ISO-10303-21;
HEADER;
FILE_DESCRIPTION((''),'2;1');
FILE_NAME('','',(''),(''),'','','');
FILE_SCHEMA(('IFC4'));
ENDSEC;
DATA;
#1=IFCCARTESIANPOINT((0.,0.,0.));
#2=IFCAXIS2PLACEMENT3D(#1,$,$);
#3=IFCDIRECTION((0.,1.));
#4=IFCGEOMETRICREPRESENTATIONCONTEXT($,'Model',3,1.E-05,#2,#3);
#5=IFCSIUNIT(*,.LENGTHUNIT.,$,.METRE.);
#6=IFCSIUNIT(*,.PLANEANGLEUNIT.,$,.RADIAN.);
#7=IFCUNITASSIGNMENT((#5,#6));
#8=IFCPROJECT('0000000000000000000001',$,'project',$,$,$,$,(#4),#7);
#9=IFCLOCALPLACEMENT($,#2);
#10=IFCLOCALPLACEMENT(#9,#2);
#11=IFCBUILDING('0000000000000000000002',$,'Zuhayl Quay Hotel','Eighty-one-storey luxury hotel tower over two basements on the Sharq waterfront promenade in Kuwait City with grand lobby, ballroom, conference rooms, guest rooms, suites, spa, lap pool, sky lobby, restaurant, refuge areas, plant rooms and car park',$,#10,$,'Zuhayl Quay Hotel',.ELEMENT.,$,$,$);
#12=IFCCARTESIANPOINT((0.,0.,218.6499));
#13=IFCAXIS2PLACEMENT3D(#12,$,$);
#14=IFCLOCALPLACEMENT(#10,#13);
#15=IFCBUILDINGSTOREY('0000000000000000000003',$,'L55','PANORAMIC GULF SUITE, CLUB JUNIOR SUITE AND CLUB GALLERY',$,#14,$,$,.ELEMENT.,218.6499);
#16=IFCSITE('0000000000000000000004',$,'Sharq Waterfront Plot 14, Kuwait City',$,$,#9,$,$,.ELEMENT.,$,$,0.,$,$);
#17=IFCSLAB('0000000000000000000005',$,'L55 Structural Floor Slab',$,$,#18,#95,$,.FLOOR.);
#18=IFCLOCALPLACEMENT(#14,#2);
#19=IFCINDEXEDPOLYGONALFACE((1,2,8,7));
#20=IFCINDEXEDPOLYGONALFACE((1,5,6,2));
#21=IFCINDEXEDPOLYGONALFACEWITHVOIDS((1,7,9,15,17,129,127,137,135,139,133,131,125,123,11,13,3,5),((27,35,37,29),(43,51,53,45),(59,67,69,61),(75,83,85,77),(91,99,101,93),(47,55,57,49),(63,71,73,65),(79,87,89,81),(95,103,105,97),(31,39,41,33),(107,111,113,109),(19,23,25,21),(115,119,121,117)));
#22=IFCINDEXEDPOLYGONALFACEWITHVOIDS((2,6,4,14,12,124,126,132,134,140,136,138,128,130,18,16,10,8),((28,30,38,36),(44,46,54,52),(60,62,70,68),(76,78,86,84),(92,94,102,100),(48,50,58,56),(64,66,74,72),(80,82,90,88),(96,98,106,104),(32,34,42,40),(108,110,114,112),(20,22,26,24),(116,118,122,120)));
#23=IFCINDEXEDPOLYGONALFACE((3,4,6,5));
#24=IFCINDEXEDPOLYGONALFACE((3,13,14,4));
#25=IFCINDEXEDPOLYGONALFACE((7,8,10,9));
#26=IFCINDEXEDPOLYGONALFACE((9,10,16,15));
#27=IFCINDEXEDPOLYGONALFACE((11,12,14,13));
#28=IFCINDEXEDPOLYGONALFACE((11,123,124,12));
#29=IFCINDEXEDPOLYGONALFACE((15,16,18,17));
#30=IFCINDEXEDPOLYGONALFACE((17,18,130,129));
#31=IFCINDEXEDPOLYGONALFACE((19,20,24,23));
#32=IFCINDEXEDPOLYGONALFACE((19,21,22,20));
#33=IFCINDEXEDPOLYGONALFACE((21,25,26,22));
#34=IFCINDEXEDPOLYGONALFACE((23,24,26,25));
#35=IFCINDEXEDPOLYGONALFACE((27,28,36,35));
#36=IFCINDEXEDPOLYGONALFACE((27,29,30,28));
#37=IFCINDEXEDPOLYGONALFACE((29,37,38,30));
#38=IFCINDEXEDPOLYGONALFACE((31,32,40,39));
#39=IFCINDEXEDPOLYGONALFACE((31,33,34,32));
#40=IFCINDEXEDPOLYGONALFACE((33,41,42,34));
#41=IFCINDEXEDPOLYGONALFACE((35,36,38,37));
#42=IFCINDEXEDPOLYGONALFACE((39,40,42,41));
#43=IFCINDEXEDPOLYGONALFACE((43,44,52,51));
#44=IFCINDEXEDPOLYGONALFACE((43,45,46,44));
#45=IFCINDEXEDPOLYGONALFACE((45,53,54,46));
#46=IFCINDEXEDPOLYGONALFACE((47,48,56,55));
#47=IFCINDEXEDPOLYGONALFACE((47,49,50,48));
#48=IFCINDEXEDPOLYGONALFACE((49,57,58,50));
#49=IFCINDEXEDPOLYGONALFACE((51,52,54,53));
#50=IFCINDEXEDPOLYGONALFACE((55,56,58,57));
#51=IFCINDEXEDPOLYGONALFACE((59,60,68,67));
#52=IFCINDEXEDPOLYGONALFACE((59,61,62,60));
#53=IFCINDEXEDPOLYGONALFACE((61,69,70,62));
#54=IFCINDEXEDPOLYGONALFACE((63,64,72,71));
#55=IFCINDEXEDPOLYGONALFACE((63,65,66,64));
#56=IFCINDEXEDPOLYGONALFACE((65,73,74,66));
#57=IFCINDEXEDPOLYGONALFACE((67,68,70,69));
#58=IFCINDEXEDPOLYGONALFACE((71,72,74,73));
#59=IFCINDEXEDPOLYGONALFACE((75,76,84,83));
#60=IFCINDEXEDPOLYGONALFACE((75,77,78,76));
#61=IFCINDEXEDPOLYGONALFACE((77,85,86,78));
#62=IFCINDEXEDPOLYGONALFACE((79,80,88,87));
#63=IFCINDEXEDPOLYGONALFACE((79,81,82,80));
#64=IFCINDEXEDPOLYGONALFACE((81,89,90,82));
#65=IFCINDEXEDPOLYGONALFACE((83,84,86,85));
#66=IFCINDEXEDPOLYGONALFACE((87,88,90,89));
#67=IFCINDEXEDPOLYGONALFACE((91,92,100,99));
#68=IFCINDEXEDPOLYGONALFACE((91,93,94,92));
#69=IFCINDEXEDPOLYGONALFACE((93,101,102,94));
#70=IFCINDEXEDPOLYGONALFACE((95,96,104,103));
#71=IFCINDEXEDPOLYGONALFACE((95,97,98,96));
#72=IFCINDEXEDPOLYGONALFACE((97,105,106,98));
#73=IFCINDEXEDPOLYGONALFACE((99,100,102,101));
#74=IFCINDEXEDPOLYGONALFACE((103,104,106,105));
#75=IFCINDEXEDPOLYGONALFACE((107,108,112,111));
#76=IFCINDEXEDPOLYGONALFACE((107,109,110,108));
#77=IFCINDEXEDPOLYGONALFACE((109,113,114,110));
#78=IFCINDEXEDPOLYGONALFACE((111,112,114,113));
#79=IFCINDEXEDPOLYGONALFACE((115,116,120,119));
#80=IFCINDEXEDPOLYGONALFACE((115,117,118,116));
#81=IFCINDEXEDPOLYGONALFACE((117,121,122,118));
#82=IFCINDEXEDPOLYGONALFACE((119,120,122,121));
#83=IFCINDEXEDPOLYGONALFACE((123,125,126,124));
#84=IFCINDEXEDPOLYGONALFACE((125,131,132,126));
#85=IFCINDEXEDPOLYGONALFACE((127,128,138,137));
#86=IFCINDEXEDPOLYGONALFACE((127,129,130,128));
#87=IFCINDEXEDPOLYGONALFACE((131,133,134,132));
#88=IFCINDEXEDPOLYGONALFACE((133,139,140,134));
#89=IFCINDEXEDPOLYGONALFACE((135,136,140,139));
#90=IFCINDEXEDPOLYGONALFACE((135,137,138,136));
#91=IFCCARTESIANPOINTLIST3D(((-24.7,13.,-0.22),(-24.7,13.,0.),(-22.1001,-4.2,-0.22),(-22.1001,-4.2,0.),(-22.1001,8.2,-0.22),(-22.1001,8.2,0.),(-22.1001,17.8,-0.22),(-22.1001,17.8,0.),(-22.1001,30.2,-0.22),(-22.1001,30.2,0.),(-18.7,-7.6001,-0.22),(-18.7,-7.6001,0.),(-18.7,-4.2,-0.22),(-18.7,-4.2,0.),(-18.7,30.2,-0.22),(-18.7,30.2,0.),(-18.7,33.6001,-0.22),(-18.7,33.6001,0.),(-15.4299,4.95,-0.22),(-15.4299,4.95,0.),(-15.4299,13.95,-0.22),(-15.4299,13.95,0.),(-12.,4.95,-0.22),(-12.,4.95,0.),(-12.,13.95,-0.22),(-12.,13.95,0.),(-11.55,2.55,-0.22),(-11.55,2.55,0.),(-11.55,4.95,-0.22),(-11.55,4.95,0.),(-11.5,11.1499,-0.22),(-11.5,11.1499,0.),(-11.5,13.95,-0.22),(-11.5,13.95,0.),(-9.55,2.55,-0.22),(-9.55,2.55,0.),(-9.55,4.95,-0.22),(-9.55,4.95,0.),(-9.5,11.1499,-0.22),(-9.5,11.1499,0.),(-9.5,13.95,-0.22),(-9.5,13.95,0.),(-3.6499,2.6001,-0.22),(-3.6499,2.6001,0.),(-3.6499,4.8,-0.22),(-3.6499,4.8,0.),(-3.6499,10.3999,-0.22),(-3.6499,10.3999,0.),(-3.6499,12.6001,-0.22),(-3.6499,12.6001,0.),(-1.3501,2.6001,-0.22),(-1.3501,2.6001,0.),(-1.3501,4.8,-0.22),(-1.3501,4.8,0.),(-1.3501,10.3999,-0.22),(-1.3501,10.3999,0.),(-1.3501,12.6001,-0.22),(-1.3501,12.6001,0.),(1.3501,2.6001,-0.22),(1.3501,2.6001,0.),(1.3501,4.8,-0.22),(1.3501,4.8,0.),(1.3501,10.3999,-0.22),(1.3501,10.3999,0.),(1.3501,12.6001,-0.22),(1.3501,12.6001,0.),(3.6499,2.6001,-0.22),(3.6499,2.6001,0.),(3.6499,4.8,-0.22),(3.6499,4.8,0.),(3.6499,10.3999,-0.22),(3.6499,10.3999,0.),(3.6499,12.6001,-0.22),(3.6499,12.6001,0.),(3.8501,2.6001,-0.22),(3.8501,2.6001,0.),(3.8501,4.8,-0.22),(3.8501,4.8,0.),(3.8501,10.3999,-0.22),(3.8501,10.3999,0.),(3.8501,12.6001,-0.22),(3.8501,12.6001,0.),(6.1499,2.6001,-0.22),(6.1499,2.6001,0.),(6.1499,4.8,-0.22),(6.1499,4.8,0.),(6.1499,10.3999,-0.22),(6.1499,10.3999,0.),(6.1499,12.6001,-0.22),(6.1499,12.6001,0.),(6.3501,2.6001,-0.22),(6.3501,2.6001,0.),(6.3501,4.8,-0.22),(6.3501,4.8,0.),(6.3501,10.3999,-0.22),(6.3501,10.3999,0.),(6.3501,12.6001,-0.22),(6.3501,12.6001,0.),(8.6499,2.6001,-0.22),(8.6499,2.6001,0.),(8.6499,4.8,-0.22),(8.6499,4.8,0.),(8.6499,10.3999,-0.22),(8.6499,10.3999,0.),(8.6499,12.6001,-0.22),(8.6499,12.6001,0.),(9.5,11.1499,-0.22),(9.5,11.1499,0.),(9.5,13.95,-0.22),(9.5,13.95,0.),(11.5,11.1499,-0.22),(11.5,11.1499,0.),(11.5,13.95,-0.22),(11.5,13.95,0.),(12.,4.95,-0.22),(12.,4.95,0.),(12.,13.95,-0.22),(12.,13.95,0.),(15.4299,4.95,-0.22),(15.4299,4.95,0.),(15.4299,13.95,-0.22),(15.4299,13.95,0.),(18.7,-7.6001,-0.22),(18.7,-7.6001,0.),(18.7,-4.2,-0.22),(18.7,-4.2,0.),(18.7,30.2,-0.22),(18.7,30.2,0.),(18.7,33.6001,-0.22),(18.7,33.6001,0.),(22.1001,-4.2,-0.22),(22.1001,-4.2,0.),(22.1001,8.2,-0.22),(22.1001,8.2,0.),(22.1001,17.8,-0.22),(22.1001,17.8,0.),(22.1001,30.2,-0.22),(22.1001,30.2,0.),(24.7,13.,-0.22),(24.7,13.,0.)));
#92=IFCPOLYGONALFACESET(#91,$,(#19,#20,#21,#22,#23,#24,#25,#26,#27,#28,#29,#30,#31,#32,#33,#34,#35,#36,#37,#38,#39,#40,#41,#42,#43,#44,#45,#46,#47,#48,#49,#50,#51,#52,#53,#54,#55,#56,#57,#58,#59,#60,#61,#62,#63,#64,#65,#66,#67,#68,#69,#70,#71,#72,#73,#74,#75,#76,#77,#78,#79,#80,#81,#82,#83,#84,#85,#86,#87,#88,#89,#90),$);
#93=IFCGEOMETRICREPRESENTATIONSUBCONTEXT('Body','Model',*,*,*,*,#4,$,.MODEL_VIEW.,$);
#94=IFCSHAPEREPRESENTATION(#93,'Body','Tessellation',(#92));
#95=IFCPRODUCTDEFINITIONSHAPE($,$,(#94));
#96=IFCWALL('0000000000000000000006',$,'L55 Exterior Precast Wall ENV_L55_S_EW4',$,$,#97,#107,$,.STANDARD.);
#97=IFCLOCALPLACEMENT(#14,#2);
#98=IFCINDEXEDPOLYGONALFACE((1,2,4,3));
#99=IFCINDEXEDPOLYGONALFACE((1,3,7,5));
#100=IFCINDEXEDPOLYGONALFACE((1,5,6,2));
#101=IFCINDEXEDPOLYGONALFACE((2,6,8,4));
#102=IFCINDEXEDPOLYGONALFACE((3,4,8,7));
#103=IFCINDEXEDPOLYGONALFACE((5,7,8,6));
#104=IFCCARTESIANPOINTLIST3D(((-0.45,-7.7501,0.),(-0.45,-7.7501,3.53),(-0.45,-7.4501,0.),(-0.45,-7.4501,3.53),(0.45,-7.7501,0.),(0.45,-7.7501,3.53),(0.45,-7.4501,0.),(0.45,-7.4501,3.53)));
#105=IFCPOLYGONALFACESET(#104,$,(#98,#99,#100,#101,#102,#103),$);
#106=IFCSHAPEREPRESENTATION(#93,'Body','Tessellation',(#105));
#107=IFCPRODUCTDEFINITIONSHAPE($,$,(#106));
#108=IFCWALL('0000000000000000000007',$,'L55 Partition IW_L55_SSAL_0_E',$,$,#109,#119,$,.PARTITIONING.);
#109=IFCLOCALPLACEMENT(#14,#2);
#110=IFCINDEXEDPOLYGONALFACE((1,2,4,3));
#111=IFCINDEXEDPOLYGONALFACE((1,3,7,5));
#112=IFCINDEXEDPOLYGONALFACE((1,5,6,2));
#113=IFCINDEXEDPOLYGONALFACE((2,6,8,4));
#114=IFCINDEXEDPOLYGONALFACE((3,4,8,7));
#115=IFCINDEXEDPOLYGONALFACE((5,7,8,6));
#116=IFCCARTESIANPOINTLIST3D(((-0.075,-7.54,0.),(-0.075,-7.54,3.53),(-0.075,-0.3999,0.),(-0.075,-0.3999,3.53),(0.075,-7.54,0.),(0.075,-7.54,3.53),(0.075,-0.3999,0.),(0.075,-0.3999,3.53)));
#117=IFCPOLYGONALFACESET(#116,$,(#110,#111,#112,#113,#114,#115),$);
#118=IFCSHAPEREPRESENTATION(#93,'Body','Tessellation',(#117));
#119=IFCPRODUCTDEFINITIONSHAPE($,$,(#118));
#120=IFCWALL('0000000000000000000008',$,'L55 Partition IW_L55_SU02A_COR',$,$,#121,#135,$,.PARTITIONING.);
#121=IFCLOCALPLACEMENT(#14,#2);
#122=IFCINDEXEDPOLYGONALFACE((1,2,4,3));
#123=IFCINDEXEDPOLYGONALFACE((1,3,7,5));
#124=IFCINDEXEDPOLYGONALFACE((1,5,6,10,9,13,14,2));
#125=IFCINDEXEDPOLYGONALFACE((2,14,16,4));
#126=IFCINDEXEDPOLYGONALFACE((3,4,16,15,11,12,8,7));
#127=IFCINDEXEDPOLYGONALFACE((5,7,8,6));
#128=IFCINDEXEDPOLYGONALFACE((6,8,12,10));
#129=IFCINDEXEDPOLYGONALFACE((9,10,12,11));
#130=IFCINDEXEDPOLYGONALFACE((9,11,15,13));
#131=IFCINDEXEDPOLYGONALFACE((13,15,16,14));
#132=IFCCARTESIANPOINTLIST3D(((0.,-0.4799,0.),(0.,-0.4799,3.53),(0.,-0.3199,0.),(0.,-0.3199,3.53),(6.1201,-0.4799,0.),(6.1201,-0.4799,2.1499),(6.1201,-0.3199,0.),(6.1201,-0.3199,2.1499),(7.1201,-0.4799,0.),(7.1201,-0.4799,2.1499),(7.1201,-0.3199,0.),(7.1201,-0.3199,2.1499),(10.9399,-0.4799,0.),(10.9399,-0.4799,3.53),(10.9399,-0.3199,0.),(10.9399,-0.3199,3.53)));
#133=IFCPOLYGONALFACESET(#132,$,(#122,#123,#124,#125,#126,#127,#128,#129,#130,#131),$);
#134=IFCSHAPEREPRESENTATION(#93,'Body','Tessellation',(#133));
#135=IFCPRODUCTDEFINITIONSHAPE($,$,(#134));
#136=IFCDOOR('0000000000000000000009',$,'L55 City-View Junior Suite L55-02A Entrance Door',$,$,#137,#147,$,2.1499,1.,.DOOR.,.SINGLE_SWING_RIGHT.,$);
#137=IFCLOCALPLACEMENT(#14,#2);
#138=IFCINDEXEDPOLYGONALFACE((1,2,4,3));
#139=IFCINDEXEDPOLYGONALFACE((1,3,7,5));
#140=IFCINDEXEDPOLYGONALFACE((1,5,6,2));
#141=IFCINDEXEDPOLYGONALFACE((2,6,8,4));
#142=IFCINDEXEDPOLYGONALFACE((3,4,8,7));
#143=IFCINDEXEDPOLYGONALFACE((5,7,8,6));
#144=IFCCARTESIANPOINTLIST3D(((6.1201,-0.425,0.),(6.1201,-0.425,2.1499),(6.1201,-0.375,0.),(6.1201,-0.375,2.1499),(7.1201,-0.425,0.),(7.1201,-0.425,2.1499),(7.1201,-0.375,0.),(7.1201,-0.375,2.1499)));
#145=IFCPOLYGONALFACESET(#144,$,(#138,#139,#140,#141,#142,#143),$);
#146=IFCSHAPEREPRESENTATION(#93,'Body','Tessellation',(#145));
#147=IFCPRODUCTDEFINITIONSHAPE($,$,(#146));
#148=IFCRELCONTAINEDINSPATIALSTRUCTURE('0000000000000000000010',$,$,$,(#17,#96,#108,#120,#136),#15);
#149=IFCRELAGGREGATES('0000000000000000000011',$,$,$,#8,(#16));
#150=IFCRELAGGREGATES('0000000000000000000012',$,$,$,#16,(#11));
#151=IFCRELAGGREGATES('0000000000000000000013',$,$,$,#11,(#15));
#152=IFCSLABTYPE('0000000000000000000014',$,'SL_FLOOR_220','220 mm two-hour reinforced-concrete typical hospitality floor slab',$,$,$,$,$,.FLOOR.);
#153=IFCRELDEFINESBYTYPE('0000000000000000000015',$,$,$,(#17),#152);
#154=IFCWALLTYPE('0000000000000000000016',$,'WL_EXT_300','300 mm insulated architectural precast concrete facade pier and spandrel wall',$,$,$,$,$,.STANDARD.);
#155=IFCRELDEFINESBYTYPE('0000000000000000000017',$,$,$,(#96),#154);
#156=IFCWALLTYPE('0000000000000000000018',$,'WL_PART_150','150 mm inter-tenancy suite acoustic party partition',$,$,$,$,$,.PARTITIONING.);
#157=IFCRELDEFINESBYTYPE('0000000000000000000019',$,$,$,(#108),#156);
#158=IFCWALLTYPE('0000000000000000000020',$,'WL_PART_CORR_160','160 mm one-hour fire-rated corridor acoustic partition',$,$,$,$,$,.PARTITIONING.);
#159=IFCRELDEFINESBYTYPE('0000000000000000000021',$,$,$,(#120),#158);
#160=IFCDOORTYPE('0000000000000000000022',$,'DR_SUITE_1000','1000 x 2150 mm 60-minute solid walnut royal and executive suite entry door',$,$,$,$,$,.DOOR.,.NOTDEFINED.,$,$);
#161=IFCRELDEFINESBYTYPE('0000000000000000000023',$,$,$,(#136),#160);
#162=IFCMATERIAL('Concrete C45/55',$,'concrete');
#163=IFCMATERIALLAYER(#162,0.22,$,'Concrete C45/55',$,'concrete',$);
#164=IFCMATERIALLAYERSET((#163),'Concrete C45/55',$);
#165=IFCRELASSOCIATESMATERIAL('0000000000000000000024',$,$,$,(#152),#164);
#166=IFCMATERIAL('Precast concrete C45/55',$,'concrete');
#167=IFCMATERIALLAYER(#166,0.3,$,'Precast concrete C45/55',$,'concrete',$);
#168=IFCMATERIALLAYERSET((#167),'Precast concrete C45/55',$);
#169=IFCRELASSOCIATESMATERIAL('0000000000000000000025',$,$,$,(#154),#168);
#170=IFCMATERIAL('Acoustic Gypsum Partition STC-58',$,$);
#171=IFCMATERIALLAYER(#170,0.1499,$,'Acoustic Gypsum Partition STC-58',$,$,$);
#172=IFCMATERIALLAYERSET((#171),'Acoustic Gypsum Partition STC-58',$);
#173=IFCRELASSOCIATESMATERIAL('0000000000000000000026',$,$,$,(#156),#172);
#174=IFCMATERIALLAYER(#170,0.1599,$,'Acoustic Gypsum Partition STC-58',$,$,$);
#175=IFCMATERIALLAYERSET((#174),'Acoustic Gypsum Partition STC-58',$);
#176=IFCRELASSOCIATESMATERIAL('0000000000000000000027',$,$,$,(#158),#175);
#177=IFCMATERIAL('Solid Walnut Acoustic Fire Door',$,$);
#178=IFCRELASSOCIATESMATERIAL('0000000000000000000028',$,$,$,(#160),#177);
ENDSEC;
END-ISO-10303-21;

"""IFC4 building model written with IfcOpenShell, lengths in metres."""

from ifc_helpers import new_model, si_unit, direction, frame, frame_2d, origin, place, context, subcontext, project, spatial, polyline, rectangle, outline, extrude, material, layer, layer_set, type_object, element, fill, save


model = new_model("IFC4")

# Units and contexts
model_context = context("Model", 3, precision=1e-05, world=origin(), true_north=direction((0.0, 1.0)))
body_context = subcontext(model_context, "Body", "Model", "MODEL_VIEW")
ifc_project = project(units=[si_unit("LENGTHUNIT", "METRE"), si_unit("PLANEANGLEUNIT", "RADIAN")], contexts=[model_context])

# Site, building, storey
site_placement = place(None, origin())
site = spatial("IfcSite", under=ifc_project, at=site_placement, Name="Sharq Waterfront Plot 14, Kuwait City", CompositionType="ELEMENT", RefElevation=0.0)
building_placement = place(site_placement, origin())
building = spatial("IfcBuilding", under=site, at=building_placement, Name="Zuhayl Quay Hotel", Description="Eighty-one-storey luxury hotel tower over two basements on the Sharq waterfront promenade in Kuwait City with grand lobby, ballroom, conference rooms, guest rooms, suites, spa, lap pool, sky lobby, restaurant, refuge areas, plant rooms and car park", LongName="Zuhayl Quay Hotel", CompositionType="ELEMENT")
storey_placement = place(building_placement, frame((0.0, 0.0, 218.6499)))
storey = spatial("IfcBuildingStorey", under=building, at=storey_placement, Name="L55", Description="PANORAMIC GULF SUITE, CLUB JUNIOR SUITE AND CLUB GALLERY", CompositionType="ELEMENT", Elevation=218.6499)

# Slab
ifc_material_1 = material(Name="Concrete C45/55", Category="concrete")
ifc_layer_1 = layer(ifc_material_1, 0.22, Name="Concrete C45/55", Category="concrete")
ifc_layer_set_1 = layer_set([ifc_layer_1], Name="Concrete C45/55")
slab_type_1 = type_object("IfcSlabType", Name="SL_FLOOR_220", Description="220 mm two-hour reinforced-concrete typical hospitality floor slab", PredefinedType="FLOOR", material=ifc_layer_set_1)
slab_1_placement = place(storey_placement, frame((0.0, 0.0, -0.22)))
element("IfcSlab", 1, at=slab_1_placement, inside=storey, type_object=slab_type_1, Name="L55 Structural Floor Slab", PredefinedType="FLOOR", context=body_context, shape_type="SweptSolid", body=[
    extrude(outline(polyline([(-18.7, -7.6001), (18.7, -7.6001), (18.7, -4.2), (22.1001, -4.2), (22.1001, 8.2), (24.7, 13.0), (22.1001, 17.8), (22.1001, 30.2), (18.7, 30.2), (18.7, 33.6001), (-18.7, 33.6001), (-18.7, 30.2), (-22.1001, 30.2), (-22.1001, 17.8), (-24.7, 13.0), (-22.1001, 8.2), (-22.1001, -4.2), (-18.7, -4.2), (-18.7, -7.6001)]), holes=[polyline([(-12.0, 4.95), (-12.0, 13.95), (-15.4299, 13.95), (-15.4299, 4.95), (-12.0, 4.95)]), polyline([(15.4299, 4.95), (15.4299, 13.95), (12.0, 13.95), (12.0, 4.95), (15.4299, 4.95)]), polyline([(-11.5, 11.1499), (-9.5, 11.1499), (-9.5, 13.95), (-11.5, 13.95), (-11.5, 11.1499)]), polyline([(9.5, 11.1499), (11.5, 11.1499), (11.5, 13.95), (9.5, 13.95), (9.5, 11.1499)]), polyline([(-3.6499, 2.6001), (-1.3501, 2.6001), (-1.3501, 4.8), (-3.6499, 4.8), (-3.6499, 2.6001)]), polyline([(1.3501, 2.6001), (3.6499, 2.6001), (3.6499, 4.8), (1.3501, 4.8), (1.3501, 2.6001)]), polyline([(-3.6499, 10.3999), (-1.3501, 10.3999), (-1.3501, 12.6001), (-3.6499, 12.6001), (-3.6499, 10.3999)]), polyline([(1.3501, 10.3999), (3.6499, 10.3999), (3.6499, 12.6001), (1.3501, 12.6001), (1.3501, 10.3999)]), polyline([(3.8501, 2.6001), (6.1499, 2.6001), (6.1499, 4.8), (3.8501, 4.8), (3.8501, 2.6001)]), polyline([(6.3501, 2.6001), (8.6499, 2.6001), (8.6499, 4.8), (6.3501, 4.8), (6.3501, 2.6001)]), polyline([(3.8501, 10.3999), (6.1499, 10.3999), (6.1499, 12.6001), (3.8501, 12.6001), (3.8501, 10.3999)]), polyline([(6.3501, 10.3999), (8.6499, 10.3999), (8.6499, 12.6001), (6.3501, 12.6001), (6.3501, 10.3999)]), polyline([(-11.55, 2.55), (-9.55, 2.55), (-9.55, 4.95), (-11.55, 4.95), (-11.55, 2.55)])]), origin(), (0.0, 0.0, 1.0), 0.22),
])

# Walls
ifc_material_2 = material(Name="Precast concrete C45/55", Category="concrete")
ifc_layer_2 = layer(ifc_material_2, 0.3, Name="Precast concrete C45/55", Category="concrete")
ifc_layer_set_2 = layer_set([ifc_layer_2], Name="Precast concrete C45/55")
wall_type_1 = type_object("IfcWallType", Name="WL_EXT_300", Description="300 mm insulated architectural precast concrete facade pier and spandrel wall", PredefinedType="STANDARD", material=ifc_layer_set_2)
wall_1_placement = place(storey_placement, frame((0.45, -7.6001, 0.0), z_axis=(0.0, 0.0, 1.0), x_axis=(-1.0, 0.0, 0.0)))
element("IfcWall", 2, at=wall_1_placement, inside=storey, type_object=wall_type_1, Name="L55 Exterior Precast Wall ENV_L55_S_EW4", PredefinedType="STANDARD", context=body_context, shape_type="SweptSolid", body=[
    extrude(rectangle(XDim=0.8999, YDim=0.3, at=frame_2d((0.45, 0.0))), origin(), (0.0, 0.0, 1.0), 3.53),
])
ifc_material_3 = material(Name="Acoustic Gypsum Partition STC-58")
ifc_layer_3 = layer(ifc_material_3, 0.1499, Name="Acoustic Gypsum Partition STC-58")
ifc_layer_set_3 = layer_set([ifc_layer_3], Name="Acoustic Gypsum Partition STC-58")
wall_type_2 = type_object("IfcWallType", Name="WL_PART_150", Description="150 mm inter-tenancy suite acoustic party partition", PredefinedType="PARTITIONING", material=ifc_layer_set_3)
wall_2_placement = place(storey_placement, frame((0.0, -7.54, 0.0), z_axis=(0.0, 0.0, 1.0), x_axis=(0.0, 1.0, 0.0)))
element("IfcWall", 3, at=wall_2_placement, inside=storey, type_object=wall_type_2, Name="L55 Partition IW_L55_SSAL_0_E", PredefinedType="PARTITIONING", context=body_context, shape_type="SweptSolid", body=[
    extrude(rectangle(XDim=7.1401, YDim=0.1499, at=frame_2d((3.5701, 0.0))), origin(), (0.0, 0.0, 1.0), 3.53),
])

# Wall, opening, door
ifc_layer_4 = layer(ifc_material_3, 0.1599, Name="Acoustic Gypsum Partition STC-58")
ifc_layer_set_4 = layer_set([ifc_layer_4], Name="Acoustic Gypsum Partition STC-58")
wall_type_3 = type_object("IfcWallType", Name="WL_PART_CORR_160", Description="160 mm one-hour fire-rated corridor acoustic partition", PredefinedType="PARTITIONING", material=ifc_layer_set_4)
wall_3_placement = place(storey_placement, frame((0.0, -0.3999, 0.0), z_axis=(0.0, 0.0, 1.0), x_axis=(1.0, 0.0, 0.0)))
wall_3 = element("IfcWall", 4, at=wall_3_placement, inside=storey, type_object=wall_type_3, Name="L55 Partition IW_L55_SU02A_COR", PredefinedType="PARTITIONING", context=body_context, shape_type="SweptSolid", body=[
    extrude(rectangle(XDim=10.9399, YDim=0.1599, at=frame_2d((5.47, 0.0))), origin(), (0.0, 0.0, 1.0), 3.53),
])
opening_1_placement = place(wall_3_placement, frame((6.1201, 0.0, 0.0)))
opening_1 = element("IfcOpeningElement", 5, at=opening_1_placement, cuts=wall_3, PredefinedType="OPENING", context=body_context, shape_type="SweptSolid", body=[
    extrude(rectangle(XDim=1.0, YDim=2.1499, at=frame_2d((0.5, 1.075))), frame((0.0, 0.0898, 0.0), z_axis=(0.0, -1.0, 0.0), x_axis=(1.0, 0.0, 0.0)), (0.0, 0.0, 1.0), 0.1799),
])
ifc_material_4 = material(Name="Solid Walnut Acoustic Fire Door")
door_type_1 = type_object("IfcDoorType", Name="DR_SUITE_1000", Description="1000 x 2150 mm 60-minute solid walnut royal and executive suite entry door", OperationType="NOTDEFINED", PredefinedType="DOOR", material=ifc_material_4)
door_1_placement = place(opening_1_placement, origin())
door_1 = element("IfcDoor", 6, at=door_1_placement, inside=storey, type_object=door_type_1, Name="L55 City-View Junior Suite L55-02A Entrance Door", OperationType="SINGLE_SWING_RIGHT", OverallHeight=2.1499, OverallWidth=1.0, PredefinedType="DOOR", context=body_context, shape_type="SweptSolid", body=[
    extrude(rectangle(XDim=1.0, YDim=2.1499, at=frame_2d((0.5, 1.075))), frame((0.0, 0.0249, 0.0), z_axis=(0.0, -1.0, 0.0), x_axis=(1.0, 0.0, 0.0)), (0.0, 0.0, 1.0), 0.05),
])
fill(opening_1, door_1)

save(model, "model.ifc")
